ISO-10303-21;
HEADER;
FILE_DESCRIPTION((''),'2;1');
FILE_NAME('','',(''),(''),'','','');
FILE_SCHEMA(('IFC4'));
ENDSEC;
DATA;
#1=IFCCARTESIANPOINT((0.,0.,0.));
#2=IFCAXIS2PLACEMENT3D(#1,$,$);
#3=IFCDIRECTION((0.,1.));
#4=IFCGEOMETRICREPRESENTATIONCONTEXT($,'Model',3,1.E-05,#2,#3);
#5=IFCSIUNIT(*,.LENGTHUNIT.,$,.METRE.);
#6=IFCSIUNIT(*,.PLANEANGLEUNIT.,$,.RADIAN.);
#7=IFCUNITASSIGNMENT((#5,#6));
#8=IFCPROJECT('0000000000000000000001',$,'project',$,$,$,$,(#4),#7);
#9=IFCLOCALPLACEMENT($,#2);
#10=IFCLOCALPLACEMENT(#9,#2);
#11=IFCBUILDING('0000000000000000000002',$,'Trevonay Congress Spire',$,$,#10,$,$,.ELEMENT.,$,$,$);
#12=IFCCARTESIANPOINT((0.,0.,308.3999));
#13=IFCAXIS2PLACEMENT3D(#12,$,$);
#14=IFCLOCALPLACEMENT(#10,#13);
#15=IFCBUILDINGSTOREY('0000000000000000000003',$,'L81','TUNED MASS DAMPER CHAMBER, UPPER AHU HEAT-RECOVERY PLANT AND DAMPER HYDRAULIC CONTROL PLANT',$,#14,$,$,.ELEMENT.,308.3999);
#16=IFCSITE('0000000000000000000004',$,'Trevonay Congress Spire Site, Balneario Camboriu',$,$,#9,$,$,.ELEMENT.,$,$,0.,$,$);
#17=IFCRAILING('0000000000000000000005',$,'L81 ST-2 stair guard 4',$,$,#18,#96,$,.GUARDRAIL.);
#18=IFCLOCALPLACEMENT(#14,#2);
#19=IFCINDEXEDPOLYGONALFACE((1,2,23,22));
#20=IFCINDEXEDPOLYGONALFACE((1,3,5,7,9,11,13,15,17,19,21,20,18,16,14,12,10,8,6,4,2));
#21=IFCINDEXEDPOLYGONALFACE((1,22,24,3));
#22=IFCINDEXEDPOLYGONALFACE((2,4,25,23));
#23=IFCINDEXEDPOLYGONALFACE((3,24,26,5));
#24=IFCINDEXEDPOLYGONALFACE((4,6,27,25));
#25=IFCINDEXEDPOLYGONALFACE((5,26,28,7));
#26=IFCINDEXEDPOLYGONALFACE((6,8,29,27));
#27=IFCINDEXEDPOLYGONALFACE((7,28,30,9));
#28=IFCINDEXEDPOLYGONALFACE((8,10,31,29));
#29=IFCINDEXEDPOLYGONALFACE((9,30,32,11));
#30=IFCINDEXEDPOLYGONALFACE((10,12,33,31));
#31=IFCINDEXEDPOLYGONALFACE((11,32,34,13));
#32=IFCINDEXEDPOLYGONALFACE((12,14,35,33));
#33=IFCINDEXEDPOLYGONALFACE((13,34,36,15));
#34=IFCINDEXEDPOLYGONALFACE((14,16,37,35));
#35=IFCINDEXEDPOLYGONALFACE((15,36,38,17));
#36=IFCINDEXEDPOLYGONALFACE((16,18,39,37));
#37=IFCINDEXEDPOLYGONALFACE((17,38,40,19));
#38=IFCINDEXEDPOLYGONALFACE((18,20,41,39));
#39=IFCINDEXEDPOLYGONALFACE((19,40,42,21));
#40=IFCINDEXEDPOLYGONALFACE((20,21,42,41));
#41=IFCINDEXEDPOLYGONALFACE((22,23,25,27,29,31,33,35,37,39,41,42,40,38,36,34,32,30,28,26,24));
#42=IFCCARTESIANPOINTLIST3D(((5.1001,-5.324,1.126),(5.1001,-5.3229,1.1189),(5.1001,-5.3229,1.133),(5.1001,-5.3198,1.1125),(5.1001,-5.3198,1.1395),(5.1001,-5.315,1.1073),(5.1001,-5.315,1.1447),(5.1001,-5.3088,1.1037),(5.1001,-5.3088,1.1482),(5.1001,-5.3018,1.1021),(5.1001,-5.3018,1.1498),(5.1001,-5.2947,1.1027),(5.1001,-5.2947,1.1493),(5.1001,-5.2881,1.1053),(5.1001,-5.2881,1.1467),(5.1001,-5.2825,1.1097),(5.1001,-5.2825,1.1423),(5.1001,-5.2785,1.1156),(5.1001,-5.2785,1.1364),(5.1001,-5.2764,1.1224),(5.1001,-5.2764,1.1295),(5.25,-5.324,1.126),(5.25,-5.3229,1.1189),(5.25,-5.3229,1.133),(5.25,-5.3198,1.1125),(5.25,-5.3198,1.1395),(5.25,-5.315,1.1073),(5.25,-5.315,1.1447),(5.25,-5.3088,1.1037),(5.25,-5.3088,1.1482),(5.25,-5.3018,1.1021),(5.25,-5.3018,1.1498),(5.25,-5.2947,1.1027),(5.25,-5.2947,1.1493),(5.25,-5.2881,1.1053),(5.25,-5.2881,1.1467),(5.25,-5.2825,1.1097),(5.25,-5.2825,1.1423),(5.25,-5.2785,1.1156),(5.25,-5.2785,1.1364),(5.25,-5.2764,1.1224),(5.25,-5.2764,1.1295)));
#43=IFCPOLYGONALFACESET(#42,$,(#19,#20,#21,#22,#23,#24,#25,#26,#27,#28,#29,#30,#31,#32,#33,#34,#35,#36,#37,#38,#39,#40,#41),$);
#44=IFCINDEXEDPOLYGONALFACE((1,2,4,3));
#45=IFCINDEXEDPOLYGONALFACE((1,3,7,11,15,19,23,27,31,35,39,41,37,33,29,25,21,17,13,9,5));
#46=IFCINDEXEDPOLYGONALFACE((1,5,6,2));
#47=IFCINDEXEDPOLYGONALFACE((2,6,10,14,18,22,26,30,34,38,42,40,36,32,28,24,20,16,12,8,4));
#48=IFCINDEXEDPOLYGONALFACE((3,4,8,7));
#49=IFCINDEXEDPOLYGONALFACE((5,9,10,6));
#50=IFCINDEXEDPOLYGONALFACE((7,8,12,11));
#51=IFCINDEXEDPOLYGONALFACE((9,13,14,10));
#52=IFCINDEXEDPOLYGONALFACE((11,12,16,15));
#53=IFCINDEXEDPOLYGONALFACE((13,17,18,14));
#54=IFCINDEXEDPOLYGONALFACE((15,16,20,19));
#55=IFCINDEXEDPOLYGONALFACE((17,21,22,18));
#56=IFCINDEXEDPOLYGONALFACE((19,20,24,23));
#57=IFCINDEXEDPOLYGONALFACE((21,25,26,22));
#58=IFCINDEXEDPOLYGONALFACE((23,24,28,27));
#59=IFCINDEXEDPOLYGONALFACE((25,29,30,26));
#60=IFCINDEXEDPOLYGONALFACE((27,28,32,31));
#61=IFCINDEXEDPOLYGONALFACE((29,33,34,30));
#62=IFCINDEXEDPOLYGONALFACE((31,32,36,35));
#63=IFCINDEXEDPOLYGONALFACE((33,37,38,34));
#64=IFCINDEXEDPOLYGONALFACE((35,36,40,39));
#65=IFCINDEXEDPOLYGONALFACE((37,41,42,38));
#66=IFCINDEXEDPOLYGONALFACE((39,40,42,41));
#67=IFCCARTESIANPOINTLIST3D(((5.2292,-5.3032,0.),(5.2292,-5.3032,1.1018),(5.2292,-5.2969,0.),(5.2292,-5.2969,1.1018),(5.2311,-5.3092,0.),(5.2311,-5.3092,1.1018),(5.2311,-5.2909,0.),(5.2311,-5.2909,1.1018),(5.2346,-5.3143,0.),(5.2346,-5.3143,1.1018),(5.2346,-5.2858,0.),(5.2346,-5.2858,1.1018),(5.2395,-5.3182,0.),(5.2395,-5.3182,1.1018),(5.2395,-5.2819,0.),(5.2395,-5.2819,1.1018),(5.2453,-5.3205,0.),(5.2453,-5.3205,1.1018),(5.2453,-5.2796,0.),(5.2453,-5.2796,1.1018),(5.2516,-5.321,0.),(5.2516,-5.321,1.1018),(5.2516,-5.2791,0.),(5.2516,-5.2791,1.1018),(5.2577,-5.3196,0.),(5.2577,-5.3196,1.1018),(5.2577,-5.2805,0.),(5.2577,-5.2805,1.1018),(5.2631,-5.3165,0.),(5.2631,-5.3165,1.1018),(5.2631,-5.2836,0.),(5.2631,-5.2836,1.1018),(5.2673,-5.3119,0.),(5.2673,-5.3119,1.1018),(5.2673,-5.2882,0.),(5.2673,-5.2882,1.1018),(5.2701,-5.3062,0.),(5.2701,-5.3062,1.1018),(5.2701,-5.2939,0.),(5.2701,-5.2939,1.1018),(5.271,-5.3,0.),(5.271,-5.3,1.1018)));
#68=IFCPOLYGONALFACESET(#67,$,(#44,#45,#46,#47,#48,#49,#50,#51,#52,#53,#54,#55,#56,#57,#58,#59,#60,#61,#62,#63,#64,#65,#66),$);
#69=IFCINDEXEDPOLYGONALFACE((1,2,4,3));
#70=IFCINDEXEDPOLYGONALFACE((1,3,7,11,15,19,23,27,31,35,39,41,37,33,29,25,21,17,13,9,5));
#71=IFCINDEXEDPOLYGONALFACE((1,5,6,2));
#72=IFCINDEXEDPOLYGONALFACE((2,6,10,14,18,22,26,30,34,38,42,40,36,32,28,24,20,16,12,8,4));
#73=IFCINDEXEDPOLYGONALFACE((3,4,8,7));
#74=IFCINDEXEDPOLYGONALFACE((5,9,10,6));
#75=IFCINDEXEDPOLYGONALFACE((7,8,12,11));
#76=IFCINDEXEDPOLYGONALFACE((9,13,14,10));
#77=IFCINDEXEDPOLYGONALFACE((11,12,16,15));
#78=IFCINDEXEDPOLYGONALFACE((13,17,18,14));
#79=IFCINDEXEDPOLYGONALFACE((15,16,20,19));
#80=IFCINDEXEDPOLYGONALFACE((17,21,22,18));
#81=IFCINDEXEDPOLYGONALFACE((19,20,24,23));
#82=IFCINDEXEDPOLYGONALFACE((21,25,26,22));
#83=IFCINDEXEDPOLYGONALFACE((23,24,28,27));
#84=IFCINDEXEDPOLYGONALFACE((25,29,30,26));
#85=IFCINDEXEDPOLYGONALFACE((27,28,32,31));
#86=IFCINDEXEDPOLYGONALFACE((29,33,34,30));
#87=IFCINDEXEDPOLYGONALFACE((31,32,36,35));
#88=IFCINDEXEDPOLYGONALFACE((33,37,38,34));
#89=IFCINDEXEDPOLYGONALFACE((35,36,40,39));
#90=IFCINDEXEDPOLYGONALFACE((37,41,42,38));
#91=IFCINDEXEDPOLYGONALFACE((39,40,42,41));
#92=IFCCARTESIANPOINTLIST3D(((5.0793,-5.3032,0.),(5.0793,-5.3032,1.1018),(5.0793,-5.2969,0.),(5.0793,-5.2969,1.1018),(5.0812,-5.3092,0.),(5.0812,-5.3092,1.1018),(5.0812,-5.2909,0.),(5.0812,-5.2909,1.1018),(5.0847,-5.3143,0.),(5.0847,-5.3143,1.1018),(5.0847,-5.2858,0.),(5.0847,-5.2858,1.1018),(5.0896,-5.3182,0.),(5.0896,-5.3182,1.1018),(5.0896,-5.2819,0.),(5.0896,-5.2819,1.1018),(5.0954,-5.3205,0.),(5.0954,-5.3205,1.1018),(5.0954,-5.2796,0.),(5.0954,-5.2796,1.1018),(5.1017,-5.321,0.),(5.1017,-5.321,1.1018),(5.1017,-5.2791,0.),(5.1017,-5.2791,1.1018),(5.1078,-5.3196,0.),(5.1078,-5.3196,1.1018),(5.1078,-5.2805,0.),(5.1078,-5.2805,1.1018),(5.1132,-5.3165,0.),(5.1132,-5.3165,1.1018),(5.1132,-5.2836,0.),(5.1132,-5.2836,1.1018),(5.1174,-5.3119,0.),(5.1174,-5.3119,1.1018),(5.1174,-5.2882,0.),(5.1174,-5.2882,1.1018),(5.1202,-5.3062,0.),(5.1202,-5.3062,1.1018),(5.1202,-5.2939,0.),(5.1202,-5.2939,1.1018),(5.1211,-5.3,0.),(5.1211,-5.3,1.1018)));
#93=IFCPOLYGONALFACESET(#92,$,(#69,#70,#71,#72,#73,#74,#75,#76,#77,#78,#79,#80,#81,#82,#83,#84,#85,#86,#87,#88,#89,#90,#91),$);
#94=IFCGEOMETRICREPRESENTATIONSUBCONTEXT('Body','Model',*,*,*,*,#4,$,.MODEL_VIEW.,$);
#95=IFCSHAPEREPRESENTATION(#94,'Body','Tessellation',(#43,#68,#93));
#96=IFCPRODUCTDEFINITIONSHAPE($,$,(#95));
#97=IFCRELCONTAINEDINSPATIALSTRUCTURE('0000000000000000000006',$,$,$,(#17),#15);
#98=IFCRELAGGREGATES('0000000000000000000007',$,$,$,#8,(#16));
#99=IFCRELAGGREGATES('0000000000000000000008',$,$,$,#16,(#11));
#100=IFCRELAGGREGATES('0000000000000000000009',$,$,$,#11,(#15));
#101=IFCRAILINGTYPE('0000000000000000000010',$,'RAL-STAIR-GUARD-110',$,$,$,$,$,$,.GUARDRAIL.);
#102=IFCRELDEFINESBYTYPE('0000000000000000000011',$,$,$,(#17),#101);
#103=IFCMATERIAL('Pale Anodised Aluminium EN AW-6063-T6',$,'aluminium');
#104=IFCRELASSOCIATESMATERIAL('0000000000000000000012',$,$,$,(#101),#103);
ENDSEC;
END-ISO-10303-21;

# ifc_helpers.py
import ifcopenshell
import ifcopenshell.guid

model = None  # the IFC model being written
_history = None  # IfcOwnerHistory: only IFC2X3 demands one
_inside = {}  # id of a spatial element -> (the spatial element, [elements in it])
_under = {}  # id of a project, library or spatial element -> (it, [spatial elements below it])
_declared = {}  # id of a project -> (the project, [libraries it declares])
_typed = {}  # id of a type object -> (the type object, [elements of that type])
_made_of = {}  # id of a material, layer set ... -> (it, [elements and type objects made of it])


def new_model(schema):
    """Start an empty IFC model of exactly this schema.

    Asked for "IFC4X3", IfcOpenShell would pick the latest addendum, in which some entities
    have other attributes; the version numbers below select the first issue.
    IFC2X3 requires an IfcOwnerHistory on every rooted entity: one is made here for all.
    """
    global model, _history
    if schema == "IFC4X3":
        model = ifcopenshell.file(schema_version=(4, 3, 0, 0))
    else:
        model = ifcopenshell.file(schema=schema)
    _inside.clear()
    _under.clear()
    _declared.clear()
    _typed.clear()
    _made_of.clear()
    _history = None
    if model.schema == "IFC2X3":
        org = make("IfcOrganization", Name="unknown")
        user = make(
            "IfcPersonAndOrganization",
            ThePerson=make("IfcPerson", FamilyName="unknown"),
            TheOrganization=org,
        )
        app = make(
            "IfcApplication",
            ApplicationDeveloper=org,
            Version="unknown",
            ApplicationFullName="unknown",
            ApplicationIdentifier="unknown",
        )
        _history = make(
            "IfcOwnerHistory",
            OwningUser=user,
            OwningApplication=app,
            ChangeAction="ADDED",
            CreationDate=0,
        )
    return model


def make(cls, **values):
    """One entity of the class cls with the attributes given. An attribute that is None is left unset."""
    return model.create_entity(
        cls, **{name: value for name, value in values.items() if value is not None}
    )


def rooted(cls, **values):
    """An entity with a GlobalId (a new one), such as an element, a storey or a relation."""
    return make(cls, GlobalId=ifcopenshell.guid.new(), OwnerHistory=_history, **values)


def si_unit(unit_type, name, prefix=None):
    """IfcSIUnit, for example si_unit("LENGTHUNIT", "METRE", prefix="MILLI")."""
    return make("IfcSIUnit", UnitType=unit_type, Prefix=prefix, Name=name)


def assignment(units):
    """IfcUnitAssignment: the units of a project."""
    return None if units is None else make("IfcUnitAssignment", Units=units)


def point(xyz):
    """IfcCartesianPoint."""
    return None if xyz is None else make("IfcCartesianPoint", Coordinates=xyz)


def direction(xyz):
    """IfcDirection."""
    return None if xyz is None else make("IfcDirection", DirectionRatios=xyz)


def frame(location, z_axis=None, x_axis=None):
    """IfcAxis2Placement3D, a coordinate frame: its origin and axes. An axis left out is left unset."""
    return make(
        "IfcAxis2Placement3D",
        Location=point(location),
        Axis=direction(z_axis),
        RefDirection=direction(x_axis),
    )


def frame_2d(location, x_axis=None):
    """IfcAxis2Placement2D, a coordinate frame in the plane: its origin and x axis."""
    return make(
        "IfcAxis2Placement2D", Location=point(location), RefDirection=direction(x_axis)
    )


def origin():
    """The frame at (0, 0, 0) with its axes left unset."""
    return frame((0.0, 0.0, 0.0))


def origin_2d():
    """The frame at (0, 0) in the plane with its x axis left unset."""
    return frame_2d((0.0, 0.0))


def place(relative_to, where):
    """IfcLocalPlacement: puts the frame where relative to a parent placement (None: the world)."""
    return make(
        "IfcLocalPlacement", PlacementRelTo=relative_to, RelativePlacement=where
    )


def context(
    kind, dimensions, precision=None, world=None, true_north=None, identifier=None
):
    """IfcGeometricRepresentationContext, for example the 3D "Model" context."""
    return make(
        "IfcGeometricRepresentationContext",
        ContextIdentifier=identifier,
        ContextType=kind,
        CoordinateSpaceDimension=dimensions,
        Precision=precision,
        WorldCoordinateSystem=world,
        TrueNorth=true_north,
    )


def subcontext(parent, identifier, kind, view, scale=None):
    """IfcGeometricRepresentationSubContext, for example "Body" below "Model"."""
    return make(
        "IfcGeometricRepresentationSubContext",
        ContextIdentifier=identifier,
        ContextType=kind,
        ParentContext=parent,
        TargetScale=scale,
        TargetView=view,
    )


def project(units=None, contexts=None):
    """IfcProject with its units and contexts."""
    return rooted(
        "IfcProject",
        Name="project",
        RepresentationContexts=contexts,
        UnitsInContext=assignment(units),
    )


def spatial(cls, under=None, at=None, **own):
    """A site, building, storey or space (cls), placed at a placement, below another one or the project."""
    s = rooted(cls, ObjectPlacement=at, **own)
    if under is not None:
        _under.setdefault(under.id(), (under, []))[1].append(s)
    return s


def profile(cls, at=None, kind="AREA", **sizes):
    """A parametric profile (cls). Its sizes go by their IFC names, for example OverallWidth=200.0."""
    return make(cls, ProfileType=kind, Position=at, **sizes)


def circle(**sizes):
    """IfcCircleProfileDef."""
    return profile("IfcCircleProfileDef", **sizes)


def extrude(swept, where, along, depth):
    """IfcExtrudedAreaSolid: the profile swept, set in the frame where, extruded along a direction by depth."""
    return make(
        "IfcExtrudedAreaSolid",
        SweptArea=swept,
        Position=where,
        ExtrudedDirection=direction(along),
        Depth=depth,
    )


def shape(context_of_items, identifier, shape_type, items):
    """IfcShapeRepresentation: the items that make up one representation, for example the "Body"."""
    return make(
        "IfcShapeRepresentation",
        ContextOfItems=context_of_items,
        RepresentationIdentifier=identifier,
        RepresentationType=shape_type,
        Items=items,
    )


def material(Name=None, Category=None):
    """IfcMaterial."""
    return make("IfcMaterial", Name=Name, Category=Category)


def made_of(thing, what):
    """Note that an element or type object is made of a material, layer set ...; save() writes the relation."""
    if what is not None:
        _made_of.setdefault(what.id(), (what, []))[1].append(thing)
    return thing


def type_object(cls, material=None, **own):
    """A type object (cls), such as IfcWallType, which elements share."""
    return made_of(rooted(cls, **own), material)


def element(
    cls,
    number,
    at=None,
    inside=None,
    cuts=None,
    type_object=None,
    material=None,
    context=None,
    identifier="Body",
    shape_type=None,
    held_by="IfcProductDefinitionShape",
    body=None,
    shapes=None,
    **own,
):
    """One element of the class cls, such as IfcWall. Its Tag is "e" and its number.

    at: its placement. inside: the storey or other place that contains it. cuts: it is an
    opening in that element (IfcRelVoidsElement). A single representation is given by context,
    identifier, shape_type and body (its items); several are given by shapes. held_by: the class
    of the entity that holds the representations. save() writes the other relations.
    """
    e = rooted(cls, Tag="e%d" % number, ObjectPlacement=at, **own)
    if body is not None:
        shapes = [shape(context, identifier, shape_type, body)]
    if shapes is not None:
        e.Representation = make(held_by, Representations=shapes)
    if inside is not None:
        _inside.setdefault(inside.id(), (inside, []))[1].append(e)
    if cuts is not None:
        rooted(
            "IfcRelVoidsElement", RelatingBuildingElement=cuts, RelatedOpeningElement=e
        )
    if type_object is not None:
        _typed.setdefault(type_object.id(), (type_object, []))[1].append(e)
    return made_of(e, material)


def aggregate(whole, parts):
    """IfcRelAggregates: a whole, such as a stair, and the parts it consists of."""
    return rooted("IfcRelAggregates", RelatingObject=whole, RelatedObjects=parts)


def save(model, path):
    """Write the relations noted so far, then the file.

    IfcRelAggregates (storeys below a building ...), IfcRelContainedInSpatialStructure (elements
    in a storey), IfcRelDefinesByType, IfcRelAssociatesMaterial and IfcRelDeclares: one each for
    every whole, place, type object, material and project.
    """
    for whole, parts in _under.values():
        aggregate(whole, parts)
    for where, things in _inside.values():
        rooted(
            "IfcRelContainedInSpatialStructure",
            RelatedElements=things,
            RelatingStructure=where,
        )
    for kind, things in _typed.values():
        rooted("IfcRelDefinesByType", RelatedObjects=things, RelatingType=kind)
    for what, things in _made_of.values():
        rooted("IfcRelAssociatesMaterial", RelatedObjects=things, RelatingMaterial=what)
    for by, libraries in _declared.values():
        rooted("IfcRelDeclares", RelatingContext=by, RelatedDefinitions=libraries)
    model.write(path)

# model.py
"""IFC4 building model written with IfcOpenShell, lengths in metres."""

from ifc_helpers import new_model, si_unit, direction, frame, origin, origin_2d, place, context, subcontext, project, spatial, circle, extrude, material, type_object, element, save


model = new_model("IFC4")

# Units and contexts
model_context = context("Model", 3, precision=1e-05, world=origin(), true_north=direction((0.0, 1.0)))
body_context = subcontext(model_context, "Body", "Model", "MODEL_VIEW")
ifc_project = project(units=[si_unit("LENGTHUNIT", "METRE"), si_unit("PLANEANGLEUNIT", "RADIAN")], contexts=[model_context])

# Site, building, storey
site_placement = place(None, origin())
site = spatial("IfcSite", under=ifc_project, at=site_placement, Name="Trevonay Congress Spire Site, Balneario Camboriu", CompositionType="ELEMENT", RefElevation=0.0)
building_placement = place(site_placement, origin())
building = spatial("IfcBuilding", under=site, at=building_placement, Name="Trevonay Congress Spire", CompositionType="ELEMENT")
storey_placement = place(building_placement, frame((0.0, 0.0, 308.3999)))
storey = spatial("IfcBuildingStorey", under=building, at=storey_placement, Name="L81", Description="TUNED MASS DAMPER CHAMBER, UPPER AHU HEAT-RECOVERY PLANT AND DAMPER HYDRAULIC CONTROL PLANT", CompositionType="ELEMENT", Elevation=308.3999)

# Shared definitions
ifc_material_1 = material(Name="Pale Anodised Aluminium EN AW-6063-T6", Category="aluminium")

# Railing
railing_type_1 = type_object("IfcRailingType", Name="RAL-STAIR-GUARD-110", PredefinedType="GUARDRAIL", material=ifc_material_1)
railing_1_placement = place(storey_placement, frame((5.25, -5.3, 0.0)))
element("IfcRailing", 1, at=railing_1_placement, inside=storey, type_object=railing_type_1, Name="L81 ST-2 stair guard 4", PredefinedType="GUARDRAIL", context=body_context, shape_type="SweptSolid", body=[
    extrude(circle(Radius=0.0239, at=origin_2d()), frame((0.0, 0.0, 1.126), z_axis=(-1.0, 0.0, 0.0), x_axis=(0.0, -1.0, 0.0)), (0.0, 0.0, 1.0), 0.1499),
    extrude(circle(Radius=0.021, at=origin_2d()), origin(), (0.0, 0.0, 1.0), 1.1018),
    extrude(circle(Radius=0.021, at=origin_2d()), frame((-0.1499, 0.0, 0.0)), (0.0, 0.0, 1.0), 1.1018),
])

save(model, "model.ifc")
